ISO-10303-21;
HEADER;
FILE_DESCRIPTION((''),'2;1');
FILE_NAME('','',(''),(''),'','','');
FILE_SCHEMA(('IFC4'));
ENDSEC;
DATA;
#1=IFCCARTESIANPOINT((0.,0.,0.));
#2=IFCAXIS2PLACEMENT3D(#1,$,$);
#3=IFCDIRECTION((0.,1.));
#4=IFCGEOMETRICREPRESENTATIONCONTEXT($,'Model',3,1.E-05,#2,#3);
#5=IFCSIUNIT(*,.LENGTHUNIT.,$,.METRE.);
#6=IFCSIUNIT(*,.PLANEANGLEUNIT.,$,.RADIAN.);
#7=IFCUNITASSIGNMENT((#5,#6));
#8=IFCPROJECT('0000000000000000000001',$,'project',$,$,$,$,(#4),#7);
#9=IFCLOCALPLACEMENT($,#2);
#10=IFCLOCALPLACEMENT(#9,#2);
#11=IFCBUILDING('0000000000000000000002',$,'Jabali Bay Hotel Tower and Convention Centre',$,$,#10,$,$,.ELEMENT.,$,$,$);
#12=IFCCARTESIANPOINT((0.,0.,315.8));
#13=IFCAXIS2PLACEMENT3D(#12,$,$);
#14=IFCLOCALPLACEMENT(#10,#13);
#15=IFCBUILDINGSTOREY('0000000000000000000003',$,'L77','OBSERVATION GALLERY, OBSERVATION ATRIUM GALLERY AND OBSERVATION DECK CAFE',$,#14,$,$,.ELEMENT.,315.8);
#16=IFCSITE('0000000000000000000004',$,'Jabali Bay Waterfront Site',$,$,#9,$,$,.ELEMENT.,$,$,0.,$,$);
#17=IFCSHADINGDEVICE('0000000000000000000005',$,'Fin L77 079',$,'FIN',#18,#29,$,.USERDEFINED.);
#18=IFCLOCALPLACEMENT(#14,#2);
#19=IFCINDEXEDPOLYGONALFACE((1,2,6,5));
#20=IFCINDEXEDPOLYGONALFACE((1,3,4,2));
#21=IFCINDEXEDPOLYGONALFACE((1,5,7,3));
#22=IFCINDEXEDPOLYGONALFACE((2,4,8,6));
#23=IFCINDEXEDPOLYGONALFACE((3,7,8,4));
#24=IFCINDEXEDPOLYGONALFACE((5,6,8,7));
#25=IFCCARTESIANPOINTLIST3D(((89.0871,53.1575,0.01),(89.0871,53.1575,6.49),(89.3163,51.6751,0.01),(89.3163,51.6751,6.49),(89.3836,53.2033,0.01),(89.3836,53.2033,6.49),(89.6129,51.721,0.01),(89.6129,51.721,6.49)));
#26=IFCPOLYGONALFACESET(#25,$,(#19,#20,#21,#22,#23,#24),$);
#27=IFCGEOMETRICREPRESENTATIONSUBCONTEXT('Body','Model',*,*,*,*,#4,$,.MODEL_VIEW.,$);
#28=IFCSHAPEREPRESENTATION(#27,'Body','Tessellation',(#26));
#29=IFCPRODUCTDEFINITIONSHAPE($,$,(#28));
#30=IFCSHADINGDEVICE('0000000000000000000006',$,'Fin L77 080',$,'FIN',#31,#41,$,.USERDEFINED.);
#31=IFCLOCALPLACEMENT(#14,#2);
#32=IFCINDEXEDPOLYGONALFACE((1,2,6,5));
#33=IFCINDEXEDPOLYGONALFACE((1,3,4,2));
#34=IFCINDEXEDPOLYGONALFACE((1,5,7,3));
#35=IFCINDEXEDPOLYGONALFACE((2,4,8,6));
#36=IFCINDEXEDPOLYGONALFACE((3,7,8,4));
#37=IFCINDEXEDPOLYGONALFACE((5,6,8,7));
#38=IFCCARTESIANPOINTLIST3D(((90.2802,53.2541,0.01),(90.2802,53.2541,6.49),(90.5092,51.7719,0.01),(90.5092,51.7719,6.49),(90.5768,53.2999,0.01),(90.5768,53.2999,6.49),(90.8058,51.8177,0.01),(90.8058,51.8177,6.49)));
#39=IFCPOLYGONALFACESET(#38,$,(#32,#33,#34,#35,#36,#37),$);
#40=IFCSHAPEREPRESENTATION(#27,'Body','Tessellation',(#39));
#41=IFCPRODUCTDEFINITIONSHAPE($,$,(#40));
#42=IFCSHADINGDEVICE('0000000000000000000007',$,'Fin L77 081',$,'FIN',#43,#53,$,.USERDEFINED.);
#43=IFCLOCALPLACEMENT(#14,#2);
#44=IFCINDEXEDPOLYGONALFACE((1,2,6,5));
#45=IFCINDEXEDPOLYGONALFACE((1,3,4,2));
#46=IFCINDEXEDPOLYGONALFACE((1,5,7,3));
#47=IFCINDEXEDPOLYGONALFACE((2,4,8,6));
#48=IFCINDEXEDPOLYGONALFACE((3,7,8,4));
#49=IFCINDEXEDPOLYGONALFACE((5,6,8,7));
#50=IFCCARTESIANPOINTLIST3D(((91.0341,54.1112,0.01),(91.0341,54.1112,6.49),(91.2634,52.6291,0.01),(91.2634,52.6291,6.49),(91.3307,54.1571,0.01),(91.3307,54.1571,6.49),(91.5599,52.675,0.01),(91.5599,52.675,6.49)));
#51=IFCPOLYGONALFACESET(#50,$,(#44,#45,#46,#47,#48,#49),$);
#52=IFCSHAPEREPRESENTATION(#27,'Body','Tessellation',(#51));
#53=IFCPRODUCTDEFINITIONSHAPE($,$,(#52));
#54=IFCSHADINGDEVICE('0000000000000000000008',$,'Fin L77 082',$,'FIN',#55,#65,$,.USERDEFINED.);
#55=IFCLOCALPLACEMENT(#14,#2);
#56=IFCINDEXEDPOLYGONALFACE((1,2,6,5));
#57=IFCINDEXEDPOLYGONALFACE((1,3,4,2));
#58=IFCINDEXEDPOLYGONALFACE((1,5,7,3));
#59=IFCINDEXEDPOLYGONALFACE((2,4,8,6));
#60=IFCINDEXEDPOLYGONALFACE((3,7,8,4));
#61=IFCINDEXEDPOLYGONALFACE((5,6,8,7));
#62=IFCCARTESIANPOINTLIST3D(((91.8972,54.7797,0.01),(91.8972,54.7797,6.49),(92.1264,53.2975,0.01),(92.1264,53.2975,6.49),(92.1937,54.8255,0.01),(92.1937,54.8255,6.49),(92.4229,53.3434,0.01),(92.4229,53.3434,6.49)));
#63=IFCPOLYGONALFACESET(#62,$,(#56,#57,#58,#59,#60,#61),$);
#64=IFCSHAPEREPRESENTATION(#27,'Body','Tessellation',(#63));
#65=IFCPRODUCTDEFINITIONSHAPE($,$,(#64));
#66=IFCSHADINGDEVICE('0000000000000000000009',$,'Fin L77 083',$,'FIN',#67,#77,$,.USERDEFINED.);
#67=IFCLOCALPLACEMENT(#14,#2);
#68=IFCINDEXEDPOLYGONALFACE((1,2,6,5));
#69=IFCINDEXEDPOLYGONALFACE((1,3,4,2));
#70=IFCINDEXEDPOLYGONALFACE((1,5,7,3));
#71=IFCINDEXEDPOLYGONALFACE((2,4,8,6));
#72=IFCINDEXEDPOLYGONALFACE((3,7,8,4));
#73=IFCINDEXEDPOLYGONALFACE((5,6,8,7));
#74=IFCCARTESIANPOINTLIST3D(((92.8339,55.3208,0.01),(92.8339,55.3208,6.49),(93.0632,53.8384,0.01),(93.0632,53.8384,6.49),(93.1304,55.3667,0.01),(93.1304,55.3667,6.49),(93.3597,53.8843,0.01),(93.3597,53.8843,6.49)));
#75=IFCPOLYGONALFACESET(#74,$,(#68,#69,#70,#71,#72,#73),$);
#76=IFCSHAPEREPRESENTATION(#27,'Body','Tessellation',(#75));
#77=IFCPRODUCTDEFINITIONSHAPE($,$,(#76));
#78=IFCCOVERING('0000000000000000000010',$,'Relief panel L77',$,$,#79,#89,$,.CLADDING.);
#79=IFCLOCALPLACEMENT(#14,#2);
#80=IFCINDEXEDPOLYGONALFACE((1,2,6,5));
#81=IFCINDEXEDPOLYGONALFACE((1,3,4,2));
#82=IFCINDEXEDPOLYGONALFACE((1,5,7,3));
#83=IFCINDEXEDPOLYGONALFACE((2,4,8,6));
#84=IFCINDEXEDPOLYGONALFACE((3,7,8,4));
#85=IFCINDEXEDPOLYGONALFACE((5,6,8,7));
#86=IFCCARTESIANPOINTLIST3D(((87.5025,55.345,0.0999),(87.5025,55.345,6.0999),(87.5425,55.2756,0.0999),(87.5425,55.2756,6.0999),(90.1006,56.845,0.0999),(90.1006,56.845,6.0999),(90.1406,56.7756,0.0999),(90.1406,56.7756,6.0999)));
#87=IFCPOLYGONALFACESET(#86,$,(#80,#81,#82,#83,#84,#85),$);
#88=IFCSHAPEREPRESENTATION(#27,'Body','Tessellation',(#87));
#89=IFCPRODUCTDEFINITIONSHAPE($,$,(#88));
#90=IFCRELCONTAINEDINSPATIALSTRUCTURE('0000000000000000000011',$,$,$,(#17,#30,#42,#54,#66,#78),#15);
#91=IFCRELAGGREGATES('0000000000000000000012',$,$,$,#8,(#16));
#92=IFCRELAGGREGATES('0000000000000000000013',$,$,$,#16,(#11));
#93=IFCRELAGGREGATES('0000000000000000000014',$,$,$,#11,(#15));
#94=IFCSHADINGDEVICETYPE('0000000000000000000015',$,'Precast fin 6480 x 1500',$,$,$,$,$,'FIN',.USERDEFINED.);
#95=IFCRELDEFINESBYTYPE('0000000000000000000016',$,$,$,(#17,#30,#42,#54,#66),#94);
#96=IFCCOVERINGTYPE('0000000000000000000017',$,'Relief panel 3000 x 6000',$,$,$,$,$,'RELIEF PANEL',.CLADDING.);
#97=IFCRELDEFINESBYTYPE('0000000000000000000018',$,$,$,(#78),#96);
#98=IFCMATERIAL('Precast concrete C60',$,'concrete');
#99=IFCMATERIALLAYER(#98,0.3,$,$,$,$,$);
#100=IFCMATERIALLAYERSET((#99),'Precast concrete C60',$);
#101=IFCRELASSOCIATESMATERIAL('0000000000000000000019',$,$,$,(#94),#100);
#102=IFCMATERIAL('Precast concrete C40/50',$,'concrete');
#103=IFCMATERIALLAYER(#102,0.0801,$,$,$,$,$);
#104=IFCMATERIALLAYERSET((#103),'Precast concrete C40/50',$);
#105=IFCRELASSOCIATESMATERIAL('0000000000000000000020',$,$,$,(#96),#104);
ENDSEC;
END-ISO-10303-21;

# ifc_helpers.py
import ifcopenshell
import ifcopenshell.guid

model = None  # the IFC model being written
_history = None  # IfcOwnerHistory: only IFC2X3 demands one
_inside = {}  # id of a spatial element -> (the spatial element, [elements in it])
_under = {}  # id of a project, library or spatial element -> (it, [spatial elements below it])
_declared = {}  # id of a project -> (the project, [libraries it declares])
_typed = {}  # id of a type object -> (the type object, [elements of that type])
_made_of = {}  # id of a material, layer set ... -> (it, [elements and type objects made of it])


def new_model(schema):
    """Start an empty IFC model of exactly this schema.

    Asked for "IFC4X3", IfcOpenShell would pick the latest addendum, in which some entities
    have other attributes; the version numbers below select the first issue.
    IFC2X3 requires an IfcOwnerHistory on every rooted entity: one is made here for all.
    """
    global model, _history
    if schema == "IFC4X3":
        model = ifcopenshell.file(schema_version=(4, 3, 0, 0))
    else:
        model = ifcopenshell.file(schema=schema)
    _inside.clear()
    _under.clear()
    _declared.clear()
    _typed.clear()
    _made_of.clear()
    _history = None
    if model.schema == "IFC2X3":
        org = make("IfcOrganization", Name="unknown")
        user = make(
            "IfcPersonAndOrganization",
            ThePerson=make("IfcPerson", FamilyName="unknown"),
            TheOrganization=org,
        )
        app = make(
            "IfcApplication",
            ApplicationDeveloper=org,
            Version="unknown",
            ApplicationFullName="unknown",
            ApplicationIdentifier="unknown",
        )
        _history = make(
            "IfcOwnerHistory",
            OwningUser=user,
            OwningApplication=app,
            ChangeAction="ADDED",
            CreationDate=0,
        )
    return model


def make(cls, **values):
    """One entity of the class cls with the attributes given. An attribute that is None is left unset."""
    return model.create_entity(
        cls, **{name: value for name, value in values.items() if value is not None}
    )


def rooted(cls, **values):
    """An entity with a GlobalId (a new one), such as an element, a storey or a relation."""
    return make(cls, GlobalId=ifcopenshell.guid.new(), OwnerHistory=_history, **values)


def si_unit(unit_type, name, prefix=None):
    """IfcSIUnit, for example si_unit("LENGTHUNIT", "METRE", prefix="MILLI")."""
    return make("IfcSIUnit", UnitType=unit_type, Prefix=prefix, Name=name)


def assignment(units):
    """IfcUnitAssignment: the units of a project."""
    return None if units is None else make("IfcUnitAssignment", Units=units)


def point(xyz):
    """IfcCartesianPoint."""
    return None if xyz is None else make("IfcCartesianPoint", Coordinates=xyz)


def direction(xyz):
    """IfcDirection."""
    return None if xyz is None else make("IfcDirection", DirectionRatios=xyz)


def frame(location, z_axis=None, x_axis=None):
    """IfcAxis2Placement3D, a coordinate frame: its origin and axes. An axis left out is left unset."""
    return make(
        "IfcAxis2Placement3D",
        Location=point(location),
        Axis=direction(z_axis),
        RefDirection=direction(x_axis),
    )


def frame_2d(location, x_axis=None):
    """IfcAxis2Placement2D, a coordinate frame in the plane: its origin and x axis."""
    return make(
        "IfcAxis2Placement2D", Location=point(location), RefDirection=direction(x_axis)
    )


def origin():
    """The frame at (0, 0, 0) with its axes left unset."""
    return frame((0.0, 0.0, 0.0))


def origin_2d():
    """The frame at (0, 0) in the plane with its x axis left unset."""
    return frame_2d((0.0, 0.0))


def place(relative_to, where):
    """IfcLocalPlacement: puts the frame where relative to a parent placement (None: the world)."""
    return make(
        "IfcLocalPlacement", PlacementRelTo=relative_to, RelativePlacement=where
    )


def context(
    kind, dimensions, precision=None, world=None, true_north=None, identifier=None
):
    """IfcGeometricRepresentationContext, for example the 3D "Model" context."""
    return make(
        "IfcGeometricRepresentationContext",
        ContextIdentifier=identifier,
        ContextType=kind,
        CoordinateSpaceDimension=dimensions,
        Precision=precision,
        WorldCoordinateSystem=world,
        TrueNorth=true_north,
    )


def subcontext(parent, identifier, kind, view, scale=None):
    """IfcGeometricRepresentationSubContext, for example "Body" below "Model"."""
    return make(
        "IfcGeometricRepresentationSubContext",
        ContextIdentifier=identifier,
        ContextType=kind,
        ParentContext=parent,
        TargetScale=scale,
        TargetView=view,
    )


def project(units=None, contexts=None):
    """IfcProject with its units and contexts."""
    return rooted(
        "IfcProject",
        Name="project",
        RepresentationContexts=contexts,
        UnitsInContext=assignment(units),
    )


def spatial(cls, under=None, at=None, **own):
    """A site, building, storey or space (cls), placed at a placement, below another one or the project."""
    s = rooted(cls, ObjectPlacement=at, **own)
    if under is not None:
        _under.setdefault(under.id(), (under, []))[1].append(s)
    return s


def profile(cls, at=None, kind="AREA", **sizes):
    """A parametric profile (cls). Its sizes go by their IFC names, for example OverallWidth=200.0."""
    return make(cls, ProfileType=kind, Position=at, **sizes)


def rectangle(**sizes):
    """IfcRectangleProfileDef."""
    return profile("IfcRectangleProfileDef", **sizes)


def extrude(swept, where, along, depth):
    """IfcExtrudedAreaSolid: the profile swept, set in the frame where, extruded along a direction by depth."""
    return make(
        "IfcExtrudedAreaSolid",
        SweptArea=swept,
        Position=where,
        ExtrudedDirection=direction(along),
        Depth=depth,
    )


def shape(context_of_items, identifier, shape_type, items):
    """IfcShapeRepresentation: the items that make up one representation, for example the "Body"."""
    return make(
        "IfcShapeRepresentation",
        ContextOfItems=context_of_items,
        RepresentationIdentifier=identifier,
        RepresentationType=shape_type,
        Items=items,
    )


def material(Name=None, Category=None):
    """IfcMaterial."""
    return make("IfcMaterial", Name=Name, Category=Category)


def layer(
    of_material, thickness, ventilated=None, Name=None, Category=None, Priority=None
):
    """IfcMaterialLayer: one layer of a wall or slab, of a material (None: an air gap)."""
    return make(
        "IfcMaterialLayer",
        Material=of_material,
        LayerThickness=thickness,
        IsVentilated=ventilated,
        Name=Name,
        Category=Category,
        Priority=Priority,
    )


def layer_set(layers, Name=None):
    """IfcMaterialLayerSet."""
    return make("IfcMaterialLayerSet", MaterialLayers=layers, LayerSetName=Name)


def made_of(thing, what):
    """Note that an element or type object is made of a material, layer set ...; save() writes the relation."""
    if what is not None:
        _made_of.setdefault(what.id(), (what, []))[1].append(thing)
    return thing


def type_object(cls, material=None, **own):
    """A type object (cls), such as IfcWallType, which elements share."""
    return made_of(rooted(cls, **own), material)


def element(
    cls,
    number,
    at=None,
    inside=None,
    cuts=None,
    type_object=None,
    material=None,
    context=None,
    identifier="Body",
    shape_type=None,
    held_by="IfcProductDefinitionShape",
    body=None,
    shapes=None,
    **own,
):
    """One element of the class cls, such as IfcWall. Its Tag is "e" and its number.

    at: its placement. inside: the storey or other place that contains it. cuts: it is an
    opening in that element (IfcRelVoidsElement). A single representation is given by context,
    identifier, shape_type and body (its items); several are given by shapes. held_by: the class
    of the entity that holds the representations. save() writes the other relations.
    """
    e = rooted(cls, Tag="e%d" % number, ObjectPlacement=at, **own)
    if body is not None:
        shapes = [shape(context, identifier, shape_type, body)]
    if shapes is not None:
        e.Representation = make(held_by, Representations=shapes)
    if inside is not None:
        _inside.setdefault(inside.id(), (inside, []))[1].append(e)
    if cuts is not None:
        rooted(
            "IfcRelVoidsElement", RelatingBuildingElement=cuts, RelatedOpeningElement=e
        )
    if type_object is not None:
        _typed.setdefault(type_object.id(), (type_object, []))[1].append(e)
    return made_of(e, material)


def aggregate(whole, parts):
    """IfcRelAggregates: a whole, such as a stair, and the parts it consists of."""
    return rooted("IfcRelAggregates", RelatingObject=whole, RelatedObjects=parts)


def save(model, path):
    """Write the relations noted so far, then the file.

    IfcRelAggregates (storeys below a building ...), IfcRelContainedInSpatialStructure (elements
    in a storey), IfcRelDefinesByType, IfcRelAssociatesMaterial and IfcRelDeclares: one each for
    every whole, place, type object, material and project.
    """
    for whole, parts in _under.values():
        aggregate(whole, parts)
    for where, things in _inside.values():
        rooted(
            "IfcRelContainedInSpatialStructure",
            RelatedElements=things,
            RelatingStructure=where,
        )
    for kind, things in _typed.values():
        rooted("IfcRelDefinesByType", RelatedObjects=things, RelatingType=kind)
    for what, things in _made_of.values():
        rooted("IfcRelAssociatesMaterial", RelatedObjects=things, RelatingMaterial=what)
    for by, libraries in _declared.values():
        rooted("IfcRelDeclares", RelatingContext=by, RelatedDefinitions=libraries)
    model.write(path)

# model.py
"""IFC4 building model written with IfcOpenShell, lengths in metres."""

from ifc_helpers import new_model, si_unit, direction, frame, frame_2d, origin, origin_2d, place, context, subcontext, project, spatial, rectangle, extrude, material, layer, layer_set, type_object, element, save


model = new_model("IFC4")

# Units and contexts
model_context = context("Model", 3, precision=1e-05, world=origin(), true_north=direction((0.0, 1.0)))
body_context = subcontext(model_context, "Body", "Model", "MODEL_VIEW")
ifc_project = project(units=[si_unit("LENGTHUNIT", "METRE"), si_unit("PLANEANGLEUNIT", "RADIAN")], contexts=[model_context])

# Site, building, storey
site_placement = place(None, origin())
site = spatial("IfcSite", under=ifc_project, at=site_placement, Name="Jabali Bay Waterfront Site", CompositionType="ELEMENT", RefElevation=0.0)
building_placement = place(site_placement, origin())
building = spatial("IfcBuilding", under=site, at=building_placement, Name="Jabali Bay Hotel Tower and Convention Centre", CompositionType="ELEMENT")
storey_placement = place(building_placement, frame((0.0, 0.0, 315.8)))
storey = spatial("IfcBuildingStorey", under=building, at=storey_placement, Name="L77", Description="OBSERVATION GALLERY, OBSERVATION ATRIUM GALLERY AND OBSERVATION DECK CAFE", CompositionType="ELEMENT", Elevation=315.8)

# Shading devices
ifc_material_1 = material(Name="Precast concrete C60", Category="concrete")
ifc_layer_1 = layer(ifc_material_1, 0.3)
ifc_layer_set_1 = layer_set([ifc_layer_1], Name="Precast concrete C60")
shading_device_type_1 = type_object("IfcShadingDeviceType", Name="Precast fin 6480 x 1500", ElementType="FIN", PredefinedType="USERDEFINED", material=ifc_layer_set_1)
for number, where, z_axis, x_axis, name in (
    (1, (89.2354, 53.1804, 0.01), (0.0, 0.0, 1.0), (0.152828, -0.988253, 0.0), "Fin L77 079"),
):
    element("IfcShadingDevice", number, at=place(storey_placement, frame(where, z_axis=z_axis, x_axis=x_axis)), inside=storey, type_object=shading_device_type_1, Name=name, ObjectType="FIN", PredefinedType="USERDEFINED", context=body_context, shape_type="SweptSolid", body=[
        extrude(rectangle(XDim=1.5, YDim=0.3, at=frame_2d((0.75, 0.0))), origin(), (0.0, 0.0, 1.0), 6.48),
    ])
for number, where, z_axis, x_axis, name in (
    (2, (90.4285, 53.2771, 0.01), (0.0, 0.0, 1.0), (0.152693, -0.988274, 0.0), "Fin L77 080"),
    (3, (91.1824, 54.1343, 0.01), (0.0, 0.0, 1.0), (0.152852, -0.988249, 0.0), "Fin L77 081"),
    (4, (92.0454, 54.8027, 0.01), (0.0, 0.0, 1.0), (0.152852, -0.988249, 0.0), "Fin L77 082"),
):
    element("IfcShadingDevice", number, at=place(storey_placement, frame(where, z_axis=z_axis, x_axis=x_axis)), inside=storey, type_object=shading_device_type_1, Name=name, ObjectType="FIN", PredefinedType="USERDEFINED", context=body_context, shape_type="SweptSolid", body=[
        extrude(rectangle(XDim=1.4998, YDim=0.3, at=frame_2d((0.75, 0.0))), origin(), (0.0, 0.0, 1.0), 6.48),
    ])
shading_device_1_placement = place(storey_placement, frame((92.9822, 55.3438, 0.01), z_axis=(0.0, 0.0, 1.0), x_axis=(0.152828, -0.988253, 0.0)))
element("IfcShadingDevice", 5, at=shading_device_1_placement, inside=storey, type_object=shading_device_type_1, Name="Fin L77 083", ObjectType="FIN", PredefinedType="USERDEFINED", context=body_context, shape_type="SweptSolid", body=[
    extrude(rectangle(XDim=1.5, YDim=0.3, at=frame_2d((0.75, 0.0))), origin(), (0.0, 0.0, 1.0), 6.48),
])

# Covering
ifc_material_2 = material(Name="Precast concrete C40/50", Category="concrete")
ifc_layer_2 = layer(ifc_material_2, 0.0801)
ifc_layer_set_2 = layer_set([ifc_layer_2], Name="Precast concrete C40/50")
covering_type = type_object("IfcCoveringType", Name="Relief panel 3000 x 6000", ElementType="RELIEF PANEL", PredefinedType="CLADDING", material=ifc_layer_set_2)
covering_placement = place(storey_placement, frame((88.8215, 56.0603, 0.0999), z_axis=(0.0, 0.0, 1.0), x_axis=(-0.866025, -0.5, 0.0)))
element("IfcCovering", 6, at=covering_placement, inside=storey, type_object=covering_type, Name="Relief panel L77", PredefinedType="CLADDING", context=body_context, shape_type="SweptSolid", body=[
    extrude(rectangle(XDim=3.0, YDim=0.0801, at=origin_2d()), origin(), (0.0, 0.0, 1.0), 6.0),
])

save(model, "model.ifc")
